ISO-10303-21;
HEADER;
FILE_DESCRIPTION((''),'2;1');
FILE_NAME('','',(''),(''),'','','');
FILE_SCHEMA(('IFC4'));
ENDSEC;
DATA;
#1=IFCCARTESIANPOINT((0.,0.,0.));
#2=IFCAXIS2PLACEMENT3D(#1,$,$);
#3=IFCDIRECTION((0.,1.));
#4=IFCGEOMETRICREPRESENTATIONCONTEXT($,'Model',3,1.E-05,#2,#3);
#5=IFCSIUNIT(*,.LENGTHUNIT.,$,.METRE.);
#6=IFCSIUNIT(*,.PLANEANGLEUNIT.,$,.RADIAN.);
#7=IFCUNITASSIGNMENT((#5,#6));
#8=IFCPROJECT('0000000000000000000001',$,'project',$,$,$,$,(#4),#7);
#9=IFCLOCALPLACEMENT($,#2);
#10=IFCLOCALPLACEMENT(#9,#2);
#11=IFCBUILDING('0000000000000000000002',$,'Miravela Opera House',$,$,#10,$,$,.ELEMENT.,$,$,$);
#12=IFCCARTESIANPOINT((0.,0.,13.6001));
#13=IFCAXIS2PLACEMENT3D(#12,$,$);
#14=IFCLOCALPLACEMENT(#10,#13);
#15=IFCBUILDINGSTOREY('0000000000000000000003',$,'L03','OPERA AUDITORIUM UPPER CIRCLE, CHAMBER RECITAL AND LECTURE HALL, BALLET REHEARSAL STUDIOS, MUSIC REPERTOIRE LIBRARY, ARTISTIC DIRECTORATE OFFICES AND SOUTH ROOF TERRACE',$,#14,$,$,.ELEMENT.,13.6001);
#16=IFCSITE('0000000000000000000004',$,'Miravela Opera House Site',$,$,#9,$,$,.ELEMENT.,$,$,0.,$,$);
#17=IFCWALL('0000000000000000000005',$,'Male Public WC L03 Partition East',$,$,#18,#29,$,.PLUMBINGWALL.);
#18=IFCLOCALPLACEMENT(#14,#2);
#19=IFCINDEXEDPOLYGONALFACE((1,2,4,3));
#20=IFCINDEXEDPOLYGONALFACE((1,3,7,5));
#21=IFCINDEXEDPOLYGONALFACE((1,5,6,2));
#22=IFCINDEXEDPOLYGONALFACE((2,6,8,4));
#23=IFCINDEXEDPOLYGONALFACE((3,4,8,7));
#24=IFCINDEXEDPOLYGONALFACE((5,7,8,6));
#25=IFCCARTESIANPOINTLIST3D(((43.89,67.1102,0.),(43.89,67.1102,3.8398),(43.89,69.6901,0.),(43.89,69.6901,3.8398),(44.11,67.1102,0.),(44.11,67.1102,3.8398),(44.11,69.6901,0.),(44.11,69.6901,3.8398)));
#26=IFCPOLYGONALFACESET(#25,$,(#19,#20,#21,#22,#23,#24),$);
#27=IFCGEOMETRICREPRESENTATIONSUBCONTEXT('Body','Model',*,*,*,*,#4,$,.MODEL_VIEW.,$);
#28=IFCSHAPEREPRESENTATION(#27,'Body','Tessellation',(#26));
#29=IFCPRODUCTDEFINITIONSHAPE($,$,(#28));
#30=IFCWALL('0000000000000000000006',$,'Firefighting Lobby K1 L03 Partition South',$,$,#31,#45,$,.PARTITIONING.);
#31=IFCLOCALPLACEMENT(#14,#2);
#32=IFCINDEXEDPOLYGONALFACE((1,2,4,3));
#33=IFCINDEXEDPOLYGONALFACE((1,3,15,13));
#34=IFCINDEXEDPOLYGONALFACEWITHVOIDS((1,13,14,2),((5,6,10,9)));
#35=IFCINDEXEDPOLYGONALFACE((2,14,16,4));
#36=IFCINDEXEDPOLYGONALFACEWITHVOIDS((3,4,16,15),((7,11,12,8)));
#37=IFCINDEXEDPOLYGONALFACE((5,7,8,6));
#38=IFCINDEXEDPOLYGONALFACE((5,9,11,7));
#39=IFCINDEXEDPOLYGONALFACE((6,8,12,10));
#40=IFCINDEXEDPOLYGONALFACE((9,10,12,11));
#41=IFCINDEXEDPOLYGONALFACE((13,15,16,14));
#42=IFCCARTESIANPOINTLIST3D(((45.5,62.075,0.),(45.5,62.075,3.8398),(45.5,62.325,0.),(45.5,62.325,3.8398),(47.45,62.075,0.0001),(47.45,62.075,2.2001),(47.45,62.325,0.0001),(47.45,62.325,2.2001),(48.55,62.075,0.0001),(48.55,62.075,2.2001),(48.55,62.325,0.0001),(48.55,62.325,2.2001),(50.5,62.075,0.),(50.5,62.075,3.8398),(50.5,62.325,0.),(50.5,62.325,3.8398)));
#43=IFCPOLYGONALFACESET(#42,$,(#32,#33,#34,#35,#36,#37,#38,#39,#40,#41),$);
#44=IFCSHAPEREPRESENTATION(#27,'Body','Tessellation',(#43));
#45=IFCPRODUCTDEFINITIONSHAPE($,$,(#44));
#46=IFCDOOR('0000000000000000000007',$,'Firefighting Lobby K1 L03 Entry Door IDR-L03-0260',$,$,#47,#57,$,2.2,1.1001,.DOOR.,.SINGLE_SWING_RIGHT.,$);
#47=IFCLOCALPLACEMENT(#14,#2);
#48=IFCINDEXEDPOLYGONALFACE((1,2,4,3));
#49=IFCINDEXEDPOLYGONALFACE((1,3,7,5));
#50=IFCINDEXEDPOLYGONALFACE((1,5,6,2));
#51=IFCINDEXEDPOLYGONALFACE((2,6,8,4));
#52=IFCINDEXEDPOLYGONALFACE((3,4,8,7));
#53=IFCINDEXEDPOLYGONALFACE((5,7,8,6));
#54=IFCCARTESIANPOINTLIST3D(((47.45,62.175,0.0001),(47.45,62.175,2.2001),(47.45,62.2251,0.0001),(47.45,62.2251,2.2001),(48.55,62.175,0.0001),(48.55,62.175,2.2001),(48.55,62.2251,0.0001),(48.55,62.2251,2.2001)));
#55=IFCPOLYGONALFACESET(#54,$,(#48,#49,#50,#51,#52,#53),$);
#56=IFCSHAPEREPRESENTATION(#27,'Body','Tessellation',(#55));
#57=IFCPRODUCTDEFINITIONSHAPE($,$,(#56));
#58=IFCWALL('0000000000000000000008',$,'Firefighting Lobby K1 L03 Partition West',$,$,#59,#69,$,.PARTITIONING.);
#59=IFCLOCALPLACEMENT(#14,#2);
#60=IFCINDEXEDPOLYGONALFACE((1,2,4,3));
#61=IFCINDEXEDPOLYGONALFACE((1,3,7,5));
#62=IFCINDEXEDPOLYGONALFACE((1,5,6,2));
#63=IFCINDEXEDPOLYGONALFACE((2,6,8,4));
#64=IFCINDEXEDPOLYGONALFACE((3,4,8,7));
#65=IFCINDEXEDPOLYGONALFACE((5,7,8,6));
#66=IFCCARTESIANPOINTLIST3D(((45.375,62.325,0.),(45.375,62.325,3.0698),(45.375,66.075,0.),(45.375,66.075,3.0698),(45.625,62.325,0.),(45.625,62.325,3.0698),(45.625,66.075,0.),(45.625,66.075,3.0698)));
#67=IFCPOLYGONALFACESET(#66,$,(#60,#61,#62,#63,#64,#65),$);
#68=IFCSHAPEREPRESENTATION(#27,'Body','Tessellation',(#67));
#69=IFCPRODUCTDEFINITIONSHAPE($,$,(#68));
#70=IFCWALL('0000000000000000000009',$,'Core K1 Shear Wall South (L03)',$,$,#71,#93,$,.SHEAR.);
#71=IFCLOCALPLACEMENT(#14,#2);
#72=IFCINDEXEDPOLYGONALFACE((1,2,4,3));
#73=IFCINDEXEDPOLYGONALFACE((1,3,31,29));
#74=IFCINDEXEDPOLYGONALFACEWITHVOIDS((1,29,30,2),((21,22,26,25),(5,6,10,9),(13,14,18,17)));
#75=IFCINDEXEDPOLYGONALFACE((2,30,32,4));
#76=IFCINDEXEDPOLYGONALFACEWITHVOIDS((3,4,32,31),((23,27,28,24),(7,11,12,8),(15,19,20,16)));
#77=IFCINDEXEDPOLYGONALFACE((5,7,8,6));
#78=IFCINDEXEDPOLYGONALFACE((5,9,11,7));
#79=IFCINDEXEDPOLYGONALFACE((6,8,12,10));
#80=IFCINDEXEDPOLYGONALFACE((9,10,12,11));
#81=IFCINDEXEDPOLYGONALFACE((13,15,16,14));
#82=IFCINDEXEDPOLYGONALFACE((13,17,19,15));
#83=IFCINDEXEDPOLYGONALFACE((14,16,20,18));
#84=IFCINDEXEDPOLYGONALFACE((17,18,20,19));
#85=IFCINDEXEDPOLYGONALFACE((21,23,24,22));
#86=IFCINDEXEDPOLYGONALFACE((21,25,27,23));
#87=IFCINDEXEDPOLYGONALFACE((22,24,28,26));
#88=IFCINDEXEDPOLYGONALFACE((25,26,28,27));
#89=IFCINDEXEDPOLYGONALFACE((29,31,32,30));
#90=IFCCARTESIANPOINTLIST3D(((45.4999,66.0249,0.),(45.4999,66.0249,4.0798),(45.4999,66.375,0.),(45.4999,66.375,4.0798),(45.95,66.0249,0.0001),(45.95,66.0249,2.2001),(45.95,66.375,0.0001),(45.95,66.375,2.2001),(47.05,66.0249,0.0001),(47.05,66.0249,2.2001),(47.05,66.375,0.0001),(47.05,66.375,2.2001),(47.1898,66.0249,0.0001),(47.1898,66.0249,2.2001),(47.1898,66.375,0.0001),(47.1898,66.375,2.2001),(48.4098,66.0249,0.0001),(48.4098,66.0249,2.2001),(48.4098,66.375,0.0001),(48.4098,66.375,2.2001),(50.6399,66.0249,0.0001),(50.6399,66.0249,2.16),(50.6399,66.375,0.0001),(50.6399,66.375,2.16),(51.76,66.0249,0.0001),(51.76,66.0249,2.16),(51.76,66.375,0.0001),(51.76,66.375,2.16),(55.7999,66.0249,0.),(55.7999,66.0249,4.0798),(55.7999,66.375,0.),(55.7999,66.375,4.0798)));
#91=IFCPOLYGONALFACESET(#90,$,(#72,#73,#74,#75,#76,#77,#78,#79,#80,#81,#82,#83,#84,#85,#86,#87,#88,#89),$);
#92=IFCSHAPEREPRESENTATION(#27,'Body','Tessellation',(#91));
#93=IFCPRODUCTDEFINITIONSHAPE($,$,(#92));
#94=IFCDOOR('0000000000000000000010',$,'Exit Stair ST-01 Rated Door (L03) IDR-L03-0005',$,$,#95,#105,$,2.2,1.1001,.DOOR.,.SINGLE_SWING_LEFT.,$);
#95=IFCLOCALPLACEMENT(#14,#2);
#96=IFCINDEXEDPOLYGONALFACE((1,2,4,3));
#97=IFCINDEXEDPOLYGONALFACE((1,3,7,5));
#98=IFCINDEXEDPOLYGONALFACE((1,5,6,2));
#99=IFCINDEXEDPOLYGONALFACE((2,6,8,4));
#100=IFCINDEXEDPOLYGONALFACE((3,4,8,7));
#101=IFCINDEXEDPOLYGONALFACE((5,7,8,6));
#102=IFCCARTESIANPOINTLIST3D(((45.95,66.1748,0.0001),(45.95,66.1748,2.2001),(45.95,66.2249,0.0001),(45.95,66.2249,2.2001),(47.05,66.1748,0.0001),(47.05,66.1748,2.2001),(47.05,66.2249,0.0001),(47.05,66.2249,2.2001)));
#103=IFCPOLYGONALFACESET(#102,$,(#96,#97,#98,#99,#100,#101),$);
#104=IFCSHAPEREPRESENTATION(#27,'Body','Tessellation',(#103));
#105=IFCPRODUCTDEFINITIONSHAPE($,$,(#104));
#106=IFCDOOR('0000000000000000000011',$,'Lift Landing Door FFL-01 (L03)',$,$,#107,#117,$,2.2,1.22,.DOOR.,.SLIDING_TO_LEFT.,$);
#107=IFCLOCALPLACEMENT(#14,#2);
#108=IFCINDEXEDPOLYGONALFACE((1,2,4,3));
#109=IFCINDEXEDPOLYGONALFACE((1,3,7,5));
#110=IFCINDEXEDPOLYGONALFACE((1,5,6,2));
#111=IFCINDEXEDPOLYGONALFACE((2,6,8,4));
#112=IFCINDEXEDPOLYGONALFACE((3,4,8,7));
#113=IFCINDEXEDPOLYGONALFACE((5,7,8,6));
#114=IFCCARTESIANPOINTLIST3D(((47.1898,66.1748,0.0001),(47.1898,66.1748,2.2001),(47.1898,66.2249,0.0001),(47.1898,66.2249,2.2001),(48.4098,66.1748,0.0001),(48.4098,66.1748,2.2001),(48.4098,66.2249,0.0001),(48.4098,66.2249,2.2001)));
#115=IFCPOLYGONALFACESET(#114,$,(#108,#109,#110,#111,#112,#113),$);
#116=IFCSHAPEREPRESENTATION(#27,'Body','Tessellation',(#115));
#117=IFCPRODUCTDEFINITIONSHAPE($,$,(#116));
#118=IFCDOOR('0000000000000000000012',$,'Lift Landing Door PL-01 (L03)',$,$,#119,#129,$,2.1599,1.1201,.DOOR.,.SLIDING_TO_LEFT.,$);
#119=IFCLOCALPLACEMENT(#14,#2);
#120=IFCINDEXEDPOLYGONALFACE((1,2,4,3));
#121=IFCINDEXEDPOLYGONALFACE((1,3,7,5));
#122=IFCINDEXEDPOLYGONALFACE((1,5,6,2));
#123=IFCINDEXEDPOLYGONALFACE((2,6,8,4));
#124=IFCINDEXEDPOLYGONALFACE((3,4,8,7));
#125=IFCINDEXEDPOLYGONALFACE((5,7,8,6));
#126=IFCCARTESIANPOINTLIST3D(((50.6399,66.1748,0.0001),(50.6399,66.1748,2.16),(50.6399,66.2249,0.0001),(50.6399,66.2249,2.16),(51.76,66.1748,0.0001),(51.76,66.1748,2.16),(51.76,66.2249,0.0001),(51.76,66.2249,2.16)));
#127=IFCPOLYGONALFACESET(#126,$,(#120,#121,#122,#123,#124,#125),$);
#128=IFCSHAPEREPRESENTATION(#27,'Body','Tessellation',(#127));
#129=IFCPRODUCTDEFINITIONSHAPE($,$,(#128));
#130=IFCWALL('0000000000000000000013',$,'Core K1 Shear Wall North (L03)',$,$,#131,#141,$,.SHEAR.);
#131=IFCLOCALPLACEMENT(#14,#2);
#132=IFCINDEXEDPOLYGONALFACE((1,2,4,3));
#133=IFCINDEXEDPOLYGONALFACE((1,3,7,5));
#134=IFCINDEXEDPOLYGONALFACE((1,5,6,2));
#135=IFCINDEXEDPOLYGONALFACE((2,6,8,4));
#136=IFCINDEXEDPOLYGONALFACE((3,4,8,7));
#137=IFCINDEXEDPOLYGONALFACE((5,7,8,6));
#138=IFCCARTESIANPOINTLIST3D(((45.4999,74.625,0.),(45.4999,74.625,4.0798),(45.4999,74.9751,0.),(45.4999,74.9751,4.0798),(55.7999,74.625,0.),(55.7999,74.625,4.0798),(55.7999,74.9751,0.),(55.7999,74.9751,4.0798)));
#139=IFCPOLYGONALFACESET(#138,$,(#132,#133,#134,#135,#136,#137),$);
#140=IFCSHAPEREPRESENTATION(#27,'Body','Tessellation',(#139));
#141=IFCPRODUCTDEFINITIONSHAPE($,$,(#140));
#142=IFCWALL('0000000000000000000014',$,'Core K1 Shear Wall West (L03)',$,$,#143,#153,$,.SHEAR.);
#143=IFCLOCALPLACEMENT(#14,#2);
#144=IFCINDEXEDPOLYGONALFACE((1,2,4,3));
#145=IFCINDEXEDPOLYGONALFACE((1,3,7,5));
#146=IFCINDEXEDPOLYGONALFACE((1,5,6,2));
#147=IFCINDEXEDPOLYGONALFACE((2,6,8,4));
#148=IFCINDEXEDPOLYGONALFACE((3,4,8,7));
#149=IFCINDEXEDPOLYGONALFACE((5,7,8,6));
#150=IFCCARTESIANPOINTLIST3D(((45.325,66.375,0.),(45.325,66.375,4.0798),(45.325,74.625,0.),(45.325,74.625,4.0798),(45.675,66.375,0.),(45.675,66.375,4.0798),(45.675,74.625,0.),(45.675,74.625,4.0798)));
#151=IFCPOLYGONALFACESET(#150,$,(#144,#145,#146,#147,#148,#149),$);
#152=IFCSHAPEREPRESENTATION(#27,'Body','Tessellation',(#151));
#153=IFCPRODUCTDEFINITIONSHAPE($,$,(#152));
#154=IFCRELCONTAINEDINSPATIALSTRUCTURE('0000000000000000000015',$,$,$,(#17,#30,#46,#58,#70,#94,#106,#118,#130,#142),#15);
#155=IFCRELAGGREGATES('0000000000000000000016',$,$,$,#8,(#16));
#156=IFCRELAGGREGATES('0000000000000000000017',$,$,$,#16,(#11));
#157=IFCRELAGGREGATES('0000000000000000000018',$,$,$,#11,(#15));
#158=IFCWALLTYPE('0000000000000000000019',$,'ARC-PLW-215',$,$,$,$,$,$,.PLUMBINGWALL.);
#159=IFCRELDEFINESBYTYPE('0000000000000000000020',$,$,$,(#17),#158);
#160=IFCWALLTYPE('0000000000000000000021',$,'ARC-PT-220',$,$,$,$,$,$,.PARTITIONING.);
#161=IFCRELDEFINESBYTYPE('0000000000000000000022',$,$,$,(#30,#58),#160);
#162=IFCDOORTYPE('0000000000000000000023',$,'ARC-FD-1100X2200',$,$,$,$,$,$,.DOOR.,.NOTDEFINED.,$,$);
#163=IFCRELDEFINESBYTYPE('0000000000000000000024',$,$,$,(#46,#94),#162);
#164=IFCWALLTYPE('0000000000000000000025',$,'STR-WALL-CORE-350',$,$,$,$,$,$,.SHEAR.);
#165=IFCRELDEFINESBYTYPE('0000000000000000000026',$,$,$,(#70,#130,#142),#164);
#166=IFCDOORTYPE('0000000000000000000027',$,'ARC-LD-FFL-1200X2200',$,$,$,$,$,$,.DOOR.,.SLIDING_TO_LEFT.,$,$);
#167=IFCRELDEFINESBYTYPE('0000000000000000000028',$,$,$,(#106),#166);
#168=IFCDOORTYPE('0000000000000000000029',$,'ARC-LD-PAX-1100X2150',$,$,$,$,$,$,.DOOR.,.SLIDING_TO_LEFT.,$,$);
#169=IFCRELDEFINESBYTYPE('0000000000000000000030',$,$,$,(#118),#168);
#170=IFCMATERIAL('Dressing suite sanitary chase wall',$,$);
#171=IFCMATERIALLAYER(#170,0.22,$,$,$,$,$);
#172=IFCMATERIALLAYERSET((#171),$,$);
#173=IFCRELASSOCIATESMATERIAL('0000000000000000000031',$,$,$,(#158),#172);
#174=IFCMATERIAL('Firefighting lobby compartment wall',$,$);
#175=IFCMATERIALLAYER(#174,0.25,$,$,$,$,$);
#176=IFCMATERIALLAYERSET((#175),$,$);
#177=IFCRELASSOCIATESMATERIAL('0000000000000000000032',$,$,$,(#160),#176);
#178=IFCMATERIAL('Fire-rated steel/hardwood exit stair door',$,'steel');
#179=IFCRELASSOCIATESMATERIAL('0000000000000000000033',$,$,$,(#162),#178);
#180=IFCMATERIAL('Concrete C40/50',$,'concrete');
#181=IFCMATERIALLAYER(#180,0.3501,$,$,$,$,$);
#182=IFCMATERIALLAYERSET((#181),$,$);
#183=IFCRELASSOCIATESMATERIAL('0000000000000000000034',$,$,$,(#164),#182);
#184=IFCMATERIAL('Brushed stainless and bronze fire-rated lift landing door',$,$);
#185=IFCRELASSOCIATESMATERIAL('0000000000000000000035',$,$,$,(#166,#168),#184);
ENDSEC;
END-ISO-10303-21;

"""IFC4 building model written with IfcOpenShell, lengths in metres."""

from ifc_helpers import new_model, si_unit, direction, frame, frame_2d, origin, place, context, subcontext, project, spatial, rectangle, extrude, material, layer, layer_set, type_object, element, fill, save


model = new_model("IFC4")

# Units and contexts
model_context = context("Model", 3, precision=1e-05, world=origin(), true_north=direction((0.0, 1.0)))
body_context = subcontext(model_context, "Body", "Model", "MODEL_VIEW")
ifc_project = project(units=[si_unit("LENGTHUNIT", "METRE"), si_unit("PLANEANGLEUNIT", "RADIAN")], contexts=[model_context])

# Site, building, storey
site_placement = place(None, origin())
site = spatial("IfcSite", under=ifc_project, at=site_placement, Name="Miravela Opera House Site", CompositionType="ELEMENT", RefElevation=0.0)
building_placement = place(site_placement, origin())
building = spatial("IfcBuilding", under=site, at=building_placement, Name="Miravela Opera House", CompositionType="ELEMENT")
storey_placement = place(building_placement, frame((0.0, 0.0, 13.6001)))
storey = spatial("IfcBuildingStorey", under=building, at=storey_placement, Name="L03", Description="OPERA AUDITORIUM UPPER CIRCLE, CHAMBER RECITAL AND LECTURE HALL, BALLET REHEARSAL STUDIOS, MUSIC REPERTOIRE LIBRARY, ARTISTIC DIRECTORATE OFFICES AND SOUTH ROOF TERRACE", CompositionType="ELEMENT", Elevation=13.6001)

# Wall
ifc_material_1 = material(Name="Dressing suite sanitary chase wall")
ifc_layer_1 = layer(ifc_material_1, 0.22)
ifc_layer_set_1 = layer_set([ifc_layer_1])
wall_type_1 = type_object("IfcWallType", Name="ARC-PLW-215", PredefinedType="PLUMBINGWALL", material=ifc_layer_set_1)
wall_1_placement = place(storey_placement, frame((44.0, 67.1101, 0.0), z_axis=(0.0, 0.0, 1.0), x_axis=(0.0, 1.0, 0.0)))
element("IfcWall", 1, at=wall_1_placement, inside=storey, type_object=wall_type_1, Name="Male Public WC L03 Partition East", PredefinedType="PLUMBINGWALL", context=body_context, shape_type="SweptSolid", body=[
    extrude(rectangle(XDim=2.5798, YDim=0.22, at=frame_2d((1.29, 0.0))), origin(), (0.0, 0.0, 1.0), 3.8398),
])

# Wall, opening, door
ifc_material_2 = material(Name="Firefighting lobby compartment wall")
ifc_layer_2 = layer(ifc_material_2, 0.25)
ifc_layer_set_2 = layer_set([ifc_layer_2])
wall_type_2 = type_object("IfcWallType", Name="ARC-PT-220", PredefinedType="PARTITIONING", material=ifc_layer_set_2)
wall_2_placement = place(storey_placement, frame((45.5, 62.2, 0.0), z_axis=(0.0, 0.0, 1.0), x_axis=(1.0, 0.0, 0.0)))
wall_2 = element("IfcWall", 2, at=wall_2_placement, inside=storey, type_object=wall_type_2, Name="Firefighting Lobby K1 L03 Partition South", PredefinedType="PARTITIONING", context=body_context, shape_type="SweptSolid", body=[
    extrude(rectangle(XDim=5.0, YDim=0.25, at=frame_2d((2.5, 0.0))), origin(), (0.0, 0.0, 1.0), 3.8398),
])
opening_1_placement = place(wall_2_placement, frame((1.95, 0.0, 0.0)))
opening_1 = element("IfcOpeningElement", 3, at=opening_1_placement, cuts=wall_2, PredefinedType="OPENING", context=body_context, shape_type="SweptSolid", body=[
    extrude(rectangle(XDim=1.1001, YDim=2.2, at=frame_2d((0.55, 1.1001))), frame((0.0, 0.135, 0.0), z_axis=(0.0, -1.0, 0.0), x_axis=(1.0, 0.0, 0.0)), (0.0, 0.0, 1.0), 0.27),
])
ifc_material_3 = material(Name="Fire-rated steel/hardwood exit stair door", Category="steel")
door_type_1 = type_object("IfcDoorType", Name="ARC-FD-1100X2200", OperationType="NOTDEFINED", PredefinedType="DOOR", material=ifc_material_3)
door_1_placement = place(opening_1_placement, frame((1.1001, 0.0, 0.0), z_axis=(0.0, 0.0, 1.0), x_axis=(-1.0, 0.0, 0.0)))
door_1 = element("IfcDoor", 4, at=door_1_placement, inside=storey, type_object=door_type_1, Name="Firefighting Lobby K1 L03 Entry Door IDR-L03-0260", OperationType="SINGLE_SWING_RIGHT", OverallHeight=2.2, OverallWidth=1.1001, PredefinedType="DOOR", context=body_context, shape_type="SweptSolid", body=[
    extrude(rectangle(XDim=1.1001, YDim=2.2, at=frame_2d((0.55, 1.1001))), frame((0.0, 0.0249, 0.0), z_axis=(0.0, -1.0, 0.0), x_axis=(1.0, 0.0, 0.0)), (0.0, 0.0, 1.0), 0.05),
])
fill(opening_1, door_1)

# Wall
wall_3_placement = place(storey_placement, frame((45.5, 62.325, 0.0), z_axis=(0.0, 0.0, 1.0), x_axis=(0.0, 1.0, 0.0)))
element("IfcWall", 5, at=wall_3_placement, inside=storey, type_object=wall_type_2, Name="Firefighting Lobby K1 L03 Partition West", PredefinedType="PARTITIONING", context=body_context, shape_type="SweptSolid", body=[
    extrude(rectangle(XDim=3.75, YDim=0.25, at=frame_2d((1.875, 0.0))), origin(), (0.0, 0.0, 1.0), 3.0698),
])

# Wall, openings, doors
ifc_material_4 = material(Name="Concrete C40/50", Category="concrete")
ifc_layer_3 = layer(ifc_material_4, 0.3501)
ifc_layer_set_3 = layer_set([ifc_layer_3])
wall_type_3 = type_object("IfcWallType", Name="STR-WALL-CORE-350", PredefinedType="SHEAR", material=ifc_layer_set_3)
wall_4_placement = place(storey_placement, frame((45.5, 66.2, 0.0), z_axis=(0.0, 0.0, 1.0), x_axis=(1.0, 0.0, 0.0)))
wall_4 = element("IfcWall", 6, at=wall_4_placement, inside=storey, type_object=wall_type_3, Name="Core K1 Shear Wall South (L03)", PredefinedType="SHEAR", context=body_context, shape_type="SweptSolid", body=[
    extrude(rectangle(XDim=10.3, YDim=0.3501, at=frame_2d((5.1499, 0.0))), origin(), (0.0, 0.0, 1.0), 4.0798),
])
opening_2_placement = place(wall_4_placement, frame((0.45, 0.0, 0.0)))
opening_2 = element("IfcOpeningElement", 7, at=opening_2_placement, cuts=wall_4, PredefinedType="OPENING", context=body_context, shape_type="SweptSolid", body=[
    extrude(rectangle(XDim=1.1001, YDim=2.2, at=frame_2d((0.55, 1.1001))), frame((0.0, 0.1851, 0.0), z_axis=(0.0, -1.0, 0.0), x_axis=(1.0, 0.0, 0.0)), (0.0, 0.0, 1.0), 0.3701),
])
opening_3_placement = place(wall_4_placement, frame((1.6899, 0.0, 0.0)))
opening_3 = element("IfcOpeningElement", 8, at=opening_3_placement, cuts=wall_4, PredefinedType="OPENING", context=body_context, shape_type="SweptSolid", body=[
    extrude(rectangle(XDim=1.22, YDim=2.2, at=frame_2d((0.6099, 1.1001))), frame((0.0, 0.1851, 0.0), z_axis=(0.0, -1.0, 0.0), x_axis=(1.0, 0.0, 0.0)), (0.0, 0.0, 1.0), 0.3701),
])
opening_4_placement = place(wall_4_placement, frame((5.1399, 0.0, 0.0)))
opening_4 = element("IfcOpeningElement", 9, at=opening_4_placement, cuts=wall_4, PredefinedType="OPENING", context=body_context, shape_type="SweptSolid", body=[
    extrude(rectangle(XDim=1.1201, YDim=2.1599, at=frame_2d((0.5601, 1.0801))), frame((0.0, 0.1851, 0.0), z_axis=(0.0, -1.0, 0.0), x_axis=(1.0, 0.0, 0.0)), (0.0, 0.0, 1.0), 0.3701),
])
door_2_placement = place(opening_2_placement, origin())
door_2 = element("IfcDoor", 10, at=door_2_placement, inside=storey, type_object=door_type_1, Name="Exit Stair ST-01 Rated Door (L03) IDR-L03-0005", OperationType="SINGLE_SWING_LEFT", OverallHeight=2.2, OverallWidth=1.1001, PredefinedType="DOOR", context=body_context, shape_type="SweptSolid", body=[
    extrude(rectangle(XDim=1.1001, YDim=2.2, at=frame_2d((0.55, 1.1001))), frame((0.0, 0.0249, 0.0), z_axis=(0.0, -1.0, 0.0), x_axis=(1.0, 0.0, 0.0)), (0.0, 0.0, 1.0), 0.05),
])
fill(opening_2, door_2)
ifc_material_5 = material(Name="Brushed stainless and bronze fire-rated lift landing door")
door_type_2 = type_object("IfcDoorType", Name="ARC-LD-FFL-1200X2200", OperationType="SLIDING_TO_LEFT", PredefinedType="DOOR", material=ifc_material_5)
door_3_placement = place(opening_3_placement, origin())
door_3 = element("IfcDoor", 11, at=door_3_placement, inside=storey, type_object=door_type_2, Name="Lift Landing Door FFL-01 (L03)", OperationType="SLIDING_TO_LEFT", OverallHeight=2.2, OverallWidth=1.22, PredefinedType="DOOR", context=body_context, shape_type="SweptSolid", body=[
    extrude(rectangle(XDim=1.22, YDim=2.2, at=frame_2d((0.6099, 1.1001))), frame((0.0, 0.0249, 0.0), z_axis=(0.0, -1.0, 0.0), x_axis=(1.0, 0.0, 0.0)), (0.0, 0.0, 1.0), 0.05),
])
fill(opening_3, door_3)
door_type_3 = type_object("IfcDoorType", Name="ARC-LD-PAX-1100X2150", OperationType="SLIDING_TO_LEFT", PredefinedType="DOOR", material=ifc_material_5)
door_4_placement = place(opening_4_placement, origin())
door_4 = element("IfcDoor", 12, at=door_4_placement, inside=storey, type_object=door_type_3, Name="Lift Landing Door PL-01 (L03)", OperationType="SLIDING_TO_LEFT", OverallHeight=2.1599, OverallWidth=1.1201, PredefinedType="DOOR", context=body_context, shape_type="SweptSolid", body=[
    extrude(rectangle(XDim=1.1201, YDim=2.1599, at=frame_2d((0.5601, 1.0801))), frame((0.0, 0.0249, 0.0), z_axis=(0.0, -1.0, 0.0), x_axis=(1.0, 0.0, 0.0)), (0.0, 0.0, 1.0), 0.05),
])
fill(opening_4, door_4)

# Walls
wall_5_placement = place(storey_placement, frame((45.5, 74.8, 0.0), z_axis=(0.0, 0.0, 1.0), x_axis=(1.0, 0.0, 0.0)))
element("IfcWall", 13, at=wall_5_placement, inside=storey, type_object=wall_type_3, Name="Core K1 Shear Wall North (L03)", PredefinedType="SHEAR", context=body_context, shape_type="SweptSolid", body=[
    extrude(rectangle(XDim=10.3, YDim=0.3501, at=frame_2d((5.1499, 0.0))), origin(), (0.0, 0.0, 1.0), 4.0798),
])
wall_6_placement = place(storey_placement, frame((45.5, 66.375, 0.0), z_axis=(0.0, 0.0, 1.0), x_axis=(0.0, 1.0, 0.0)))
element("IfcWall", 14, at=wall_6_placement, inside=storey, type_object=wall_type_3, Name="Core K1 Shear Wall West (L03)", PredefinedType="SHEAR", context=body_context, shape_type="SweptSolid", body=[
    extrude(rectangle(XDim=8.25, YDim=0.3501, at=frame_2d((4.125, 0.0))), origin(), (0.0, 0.0, 1.0), 4.0798),
])

save(model, "model.ifc")
